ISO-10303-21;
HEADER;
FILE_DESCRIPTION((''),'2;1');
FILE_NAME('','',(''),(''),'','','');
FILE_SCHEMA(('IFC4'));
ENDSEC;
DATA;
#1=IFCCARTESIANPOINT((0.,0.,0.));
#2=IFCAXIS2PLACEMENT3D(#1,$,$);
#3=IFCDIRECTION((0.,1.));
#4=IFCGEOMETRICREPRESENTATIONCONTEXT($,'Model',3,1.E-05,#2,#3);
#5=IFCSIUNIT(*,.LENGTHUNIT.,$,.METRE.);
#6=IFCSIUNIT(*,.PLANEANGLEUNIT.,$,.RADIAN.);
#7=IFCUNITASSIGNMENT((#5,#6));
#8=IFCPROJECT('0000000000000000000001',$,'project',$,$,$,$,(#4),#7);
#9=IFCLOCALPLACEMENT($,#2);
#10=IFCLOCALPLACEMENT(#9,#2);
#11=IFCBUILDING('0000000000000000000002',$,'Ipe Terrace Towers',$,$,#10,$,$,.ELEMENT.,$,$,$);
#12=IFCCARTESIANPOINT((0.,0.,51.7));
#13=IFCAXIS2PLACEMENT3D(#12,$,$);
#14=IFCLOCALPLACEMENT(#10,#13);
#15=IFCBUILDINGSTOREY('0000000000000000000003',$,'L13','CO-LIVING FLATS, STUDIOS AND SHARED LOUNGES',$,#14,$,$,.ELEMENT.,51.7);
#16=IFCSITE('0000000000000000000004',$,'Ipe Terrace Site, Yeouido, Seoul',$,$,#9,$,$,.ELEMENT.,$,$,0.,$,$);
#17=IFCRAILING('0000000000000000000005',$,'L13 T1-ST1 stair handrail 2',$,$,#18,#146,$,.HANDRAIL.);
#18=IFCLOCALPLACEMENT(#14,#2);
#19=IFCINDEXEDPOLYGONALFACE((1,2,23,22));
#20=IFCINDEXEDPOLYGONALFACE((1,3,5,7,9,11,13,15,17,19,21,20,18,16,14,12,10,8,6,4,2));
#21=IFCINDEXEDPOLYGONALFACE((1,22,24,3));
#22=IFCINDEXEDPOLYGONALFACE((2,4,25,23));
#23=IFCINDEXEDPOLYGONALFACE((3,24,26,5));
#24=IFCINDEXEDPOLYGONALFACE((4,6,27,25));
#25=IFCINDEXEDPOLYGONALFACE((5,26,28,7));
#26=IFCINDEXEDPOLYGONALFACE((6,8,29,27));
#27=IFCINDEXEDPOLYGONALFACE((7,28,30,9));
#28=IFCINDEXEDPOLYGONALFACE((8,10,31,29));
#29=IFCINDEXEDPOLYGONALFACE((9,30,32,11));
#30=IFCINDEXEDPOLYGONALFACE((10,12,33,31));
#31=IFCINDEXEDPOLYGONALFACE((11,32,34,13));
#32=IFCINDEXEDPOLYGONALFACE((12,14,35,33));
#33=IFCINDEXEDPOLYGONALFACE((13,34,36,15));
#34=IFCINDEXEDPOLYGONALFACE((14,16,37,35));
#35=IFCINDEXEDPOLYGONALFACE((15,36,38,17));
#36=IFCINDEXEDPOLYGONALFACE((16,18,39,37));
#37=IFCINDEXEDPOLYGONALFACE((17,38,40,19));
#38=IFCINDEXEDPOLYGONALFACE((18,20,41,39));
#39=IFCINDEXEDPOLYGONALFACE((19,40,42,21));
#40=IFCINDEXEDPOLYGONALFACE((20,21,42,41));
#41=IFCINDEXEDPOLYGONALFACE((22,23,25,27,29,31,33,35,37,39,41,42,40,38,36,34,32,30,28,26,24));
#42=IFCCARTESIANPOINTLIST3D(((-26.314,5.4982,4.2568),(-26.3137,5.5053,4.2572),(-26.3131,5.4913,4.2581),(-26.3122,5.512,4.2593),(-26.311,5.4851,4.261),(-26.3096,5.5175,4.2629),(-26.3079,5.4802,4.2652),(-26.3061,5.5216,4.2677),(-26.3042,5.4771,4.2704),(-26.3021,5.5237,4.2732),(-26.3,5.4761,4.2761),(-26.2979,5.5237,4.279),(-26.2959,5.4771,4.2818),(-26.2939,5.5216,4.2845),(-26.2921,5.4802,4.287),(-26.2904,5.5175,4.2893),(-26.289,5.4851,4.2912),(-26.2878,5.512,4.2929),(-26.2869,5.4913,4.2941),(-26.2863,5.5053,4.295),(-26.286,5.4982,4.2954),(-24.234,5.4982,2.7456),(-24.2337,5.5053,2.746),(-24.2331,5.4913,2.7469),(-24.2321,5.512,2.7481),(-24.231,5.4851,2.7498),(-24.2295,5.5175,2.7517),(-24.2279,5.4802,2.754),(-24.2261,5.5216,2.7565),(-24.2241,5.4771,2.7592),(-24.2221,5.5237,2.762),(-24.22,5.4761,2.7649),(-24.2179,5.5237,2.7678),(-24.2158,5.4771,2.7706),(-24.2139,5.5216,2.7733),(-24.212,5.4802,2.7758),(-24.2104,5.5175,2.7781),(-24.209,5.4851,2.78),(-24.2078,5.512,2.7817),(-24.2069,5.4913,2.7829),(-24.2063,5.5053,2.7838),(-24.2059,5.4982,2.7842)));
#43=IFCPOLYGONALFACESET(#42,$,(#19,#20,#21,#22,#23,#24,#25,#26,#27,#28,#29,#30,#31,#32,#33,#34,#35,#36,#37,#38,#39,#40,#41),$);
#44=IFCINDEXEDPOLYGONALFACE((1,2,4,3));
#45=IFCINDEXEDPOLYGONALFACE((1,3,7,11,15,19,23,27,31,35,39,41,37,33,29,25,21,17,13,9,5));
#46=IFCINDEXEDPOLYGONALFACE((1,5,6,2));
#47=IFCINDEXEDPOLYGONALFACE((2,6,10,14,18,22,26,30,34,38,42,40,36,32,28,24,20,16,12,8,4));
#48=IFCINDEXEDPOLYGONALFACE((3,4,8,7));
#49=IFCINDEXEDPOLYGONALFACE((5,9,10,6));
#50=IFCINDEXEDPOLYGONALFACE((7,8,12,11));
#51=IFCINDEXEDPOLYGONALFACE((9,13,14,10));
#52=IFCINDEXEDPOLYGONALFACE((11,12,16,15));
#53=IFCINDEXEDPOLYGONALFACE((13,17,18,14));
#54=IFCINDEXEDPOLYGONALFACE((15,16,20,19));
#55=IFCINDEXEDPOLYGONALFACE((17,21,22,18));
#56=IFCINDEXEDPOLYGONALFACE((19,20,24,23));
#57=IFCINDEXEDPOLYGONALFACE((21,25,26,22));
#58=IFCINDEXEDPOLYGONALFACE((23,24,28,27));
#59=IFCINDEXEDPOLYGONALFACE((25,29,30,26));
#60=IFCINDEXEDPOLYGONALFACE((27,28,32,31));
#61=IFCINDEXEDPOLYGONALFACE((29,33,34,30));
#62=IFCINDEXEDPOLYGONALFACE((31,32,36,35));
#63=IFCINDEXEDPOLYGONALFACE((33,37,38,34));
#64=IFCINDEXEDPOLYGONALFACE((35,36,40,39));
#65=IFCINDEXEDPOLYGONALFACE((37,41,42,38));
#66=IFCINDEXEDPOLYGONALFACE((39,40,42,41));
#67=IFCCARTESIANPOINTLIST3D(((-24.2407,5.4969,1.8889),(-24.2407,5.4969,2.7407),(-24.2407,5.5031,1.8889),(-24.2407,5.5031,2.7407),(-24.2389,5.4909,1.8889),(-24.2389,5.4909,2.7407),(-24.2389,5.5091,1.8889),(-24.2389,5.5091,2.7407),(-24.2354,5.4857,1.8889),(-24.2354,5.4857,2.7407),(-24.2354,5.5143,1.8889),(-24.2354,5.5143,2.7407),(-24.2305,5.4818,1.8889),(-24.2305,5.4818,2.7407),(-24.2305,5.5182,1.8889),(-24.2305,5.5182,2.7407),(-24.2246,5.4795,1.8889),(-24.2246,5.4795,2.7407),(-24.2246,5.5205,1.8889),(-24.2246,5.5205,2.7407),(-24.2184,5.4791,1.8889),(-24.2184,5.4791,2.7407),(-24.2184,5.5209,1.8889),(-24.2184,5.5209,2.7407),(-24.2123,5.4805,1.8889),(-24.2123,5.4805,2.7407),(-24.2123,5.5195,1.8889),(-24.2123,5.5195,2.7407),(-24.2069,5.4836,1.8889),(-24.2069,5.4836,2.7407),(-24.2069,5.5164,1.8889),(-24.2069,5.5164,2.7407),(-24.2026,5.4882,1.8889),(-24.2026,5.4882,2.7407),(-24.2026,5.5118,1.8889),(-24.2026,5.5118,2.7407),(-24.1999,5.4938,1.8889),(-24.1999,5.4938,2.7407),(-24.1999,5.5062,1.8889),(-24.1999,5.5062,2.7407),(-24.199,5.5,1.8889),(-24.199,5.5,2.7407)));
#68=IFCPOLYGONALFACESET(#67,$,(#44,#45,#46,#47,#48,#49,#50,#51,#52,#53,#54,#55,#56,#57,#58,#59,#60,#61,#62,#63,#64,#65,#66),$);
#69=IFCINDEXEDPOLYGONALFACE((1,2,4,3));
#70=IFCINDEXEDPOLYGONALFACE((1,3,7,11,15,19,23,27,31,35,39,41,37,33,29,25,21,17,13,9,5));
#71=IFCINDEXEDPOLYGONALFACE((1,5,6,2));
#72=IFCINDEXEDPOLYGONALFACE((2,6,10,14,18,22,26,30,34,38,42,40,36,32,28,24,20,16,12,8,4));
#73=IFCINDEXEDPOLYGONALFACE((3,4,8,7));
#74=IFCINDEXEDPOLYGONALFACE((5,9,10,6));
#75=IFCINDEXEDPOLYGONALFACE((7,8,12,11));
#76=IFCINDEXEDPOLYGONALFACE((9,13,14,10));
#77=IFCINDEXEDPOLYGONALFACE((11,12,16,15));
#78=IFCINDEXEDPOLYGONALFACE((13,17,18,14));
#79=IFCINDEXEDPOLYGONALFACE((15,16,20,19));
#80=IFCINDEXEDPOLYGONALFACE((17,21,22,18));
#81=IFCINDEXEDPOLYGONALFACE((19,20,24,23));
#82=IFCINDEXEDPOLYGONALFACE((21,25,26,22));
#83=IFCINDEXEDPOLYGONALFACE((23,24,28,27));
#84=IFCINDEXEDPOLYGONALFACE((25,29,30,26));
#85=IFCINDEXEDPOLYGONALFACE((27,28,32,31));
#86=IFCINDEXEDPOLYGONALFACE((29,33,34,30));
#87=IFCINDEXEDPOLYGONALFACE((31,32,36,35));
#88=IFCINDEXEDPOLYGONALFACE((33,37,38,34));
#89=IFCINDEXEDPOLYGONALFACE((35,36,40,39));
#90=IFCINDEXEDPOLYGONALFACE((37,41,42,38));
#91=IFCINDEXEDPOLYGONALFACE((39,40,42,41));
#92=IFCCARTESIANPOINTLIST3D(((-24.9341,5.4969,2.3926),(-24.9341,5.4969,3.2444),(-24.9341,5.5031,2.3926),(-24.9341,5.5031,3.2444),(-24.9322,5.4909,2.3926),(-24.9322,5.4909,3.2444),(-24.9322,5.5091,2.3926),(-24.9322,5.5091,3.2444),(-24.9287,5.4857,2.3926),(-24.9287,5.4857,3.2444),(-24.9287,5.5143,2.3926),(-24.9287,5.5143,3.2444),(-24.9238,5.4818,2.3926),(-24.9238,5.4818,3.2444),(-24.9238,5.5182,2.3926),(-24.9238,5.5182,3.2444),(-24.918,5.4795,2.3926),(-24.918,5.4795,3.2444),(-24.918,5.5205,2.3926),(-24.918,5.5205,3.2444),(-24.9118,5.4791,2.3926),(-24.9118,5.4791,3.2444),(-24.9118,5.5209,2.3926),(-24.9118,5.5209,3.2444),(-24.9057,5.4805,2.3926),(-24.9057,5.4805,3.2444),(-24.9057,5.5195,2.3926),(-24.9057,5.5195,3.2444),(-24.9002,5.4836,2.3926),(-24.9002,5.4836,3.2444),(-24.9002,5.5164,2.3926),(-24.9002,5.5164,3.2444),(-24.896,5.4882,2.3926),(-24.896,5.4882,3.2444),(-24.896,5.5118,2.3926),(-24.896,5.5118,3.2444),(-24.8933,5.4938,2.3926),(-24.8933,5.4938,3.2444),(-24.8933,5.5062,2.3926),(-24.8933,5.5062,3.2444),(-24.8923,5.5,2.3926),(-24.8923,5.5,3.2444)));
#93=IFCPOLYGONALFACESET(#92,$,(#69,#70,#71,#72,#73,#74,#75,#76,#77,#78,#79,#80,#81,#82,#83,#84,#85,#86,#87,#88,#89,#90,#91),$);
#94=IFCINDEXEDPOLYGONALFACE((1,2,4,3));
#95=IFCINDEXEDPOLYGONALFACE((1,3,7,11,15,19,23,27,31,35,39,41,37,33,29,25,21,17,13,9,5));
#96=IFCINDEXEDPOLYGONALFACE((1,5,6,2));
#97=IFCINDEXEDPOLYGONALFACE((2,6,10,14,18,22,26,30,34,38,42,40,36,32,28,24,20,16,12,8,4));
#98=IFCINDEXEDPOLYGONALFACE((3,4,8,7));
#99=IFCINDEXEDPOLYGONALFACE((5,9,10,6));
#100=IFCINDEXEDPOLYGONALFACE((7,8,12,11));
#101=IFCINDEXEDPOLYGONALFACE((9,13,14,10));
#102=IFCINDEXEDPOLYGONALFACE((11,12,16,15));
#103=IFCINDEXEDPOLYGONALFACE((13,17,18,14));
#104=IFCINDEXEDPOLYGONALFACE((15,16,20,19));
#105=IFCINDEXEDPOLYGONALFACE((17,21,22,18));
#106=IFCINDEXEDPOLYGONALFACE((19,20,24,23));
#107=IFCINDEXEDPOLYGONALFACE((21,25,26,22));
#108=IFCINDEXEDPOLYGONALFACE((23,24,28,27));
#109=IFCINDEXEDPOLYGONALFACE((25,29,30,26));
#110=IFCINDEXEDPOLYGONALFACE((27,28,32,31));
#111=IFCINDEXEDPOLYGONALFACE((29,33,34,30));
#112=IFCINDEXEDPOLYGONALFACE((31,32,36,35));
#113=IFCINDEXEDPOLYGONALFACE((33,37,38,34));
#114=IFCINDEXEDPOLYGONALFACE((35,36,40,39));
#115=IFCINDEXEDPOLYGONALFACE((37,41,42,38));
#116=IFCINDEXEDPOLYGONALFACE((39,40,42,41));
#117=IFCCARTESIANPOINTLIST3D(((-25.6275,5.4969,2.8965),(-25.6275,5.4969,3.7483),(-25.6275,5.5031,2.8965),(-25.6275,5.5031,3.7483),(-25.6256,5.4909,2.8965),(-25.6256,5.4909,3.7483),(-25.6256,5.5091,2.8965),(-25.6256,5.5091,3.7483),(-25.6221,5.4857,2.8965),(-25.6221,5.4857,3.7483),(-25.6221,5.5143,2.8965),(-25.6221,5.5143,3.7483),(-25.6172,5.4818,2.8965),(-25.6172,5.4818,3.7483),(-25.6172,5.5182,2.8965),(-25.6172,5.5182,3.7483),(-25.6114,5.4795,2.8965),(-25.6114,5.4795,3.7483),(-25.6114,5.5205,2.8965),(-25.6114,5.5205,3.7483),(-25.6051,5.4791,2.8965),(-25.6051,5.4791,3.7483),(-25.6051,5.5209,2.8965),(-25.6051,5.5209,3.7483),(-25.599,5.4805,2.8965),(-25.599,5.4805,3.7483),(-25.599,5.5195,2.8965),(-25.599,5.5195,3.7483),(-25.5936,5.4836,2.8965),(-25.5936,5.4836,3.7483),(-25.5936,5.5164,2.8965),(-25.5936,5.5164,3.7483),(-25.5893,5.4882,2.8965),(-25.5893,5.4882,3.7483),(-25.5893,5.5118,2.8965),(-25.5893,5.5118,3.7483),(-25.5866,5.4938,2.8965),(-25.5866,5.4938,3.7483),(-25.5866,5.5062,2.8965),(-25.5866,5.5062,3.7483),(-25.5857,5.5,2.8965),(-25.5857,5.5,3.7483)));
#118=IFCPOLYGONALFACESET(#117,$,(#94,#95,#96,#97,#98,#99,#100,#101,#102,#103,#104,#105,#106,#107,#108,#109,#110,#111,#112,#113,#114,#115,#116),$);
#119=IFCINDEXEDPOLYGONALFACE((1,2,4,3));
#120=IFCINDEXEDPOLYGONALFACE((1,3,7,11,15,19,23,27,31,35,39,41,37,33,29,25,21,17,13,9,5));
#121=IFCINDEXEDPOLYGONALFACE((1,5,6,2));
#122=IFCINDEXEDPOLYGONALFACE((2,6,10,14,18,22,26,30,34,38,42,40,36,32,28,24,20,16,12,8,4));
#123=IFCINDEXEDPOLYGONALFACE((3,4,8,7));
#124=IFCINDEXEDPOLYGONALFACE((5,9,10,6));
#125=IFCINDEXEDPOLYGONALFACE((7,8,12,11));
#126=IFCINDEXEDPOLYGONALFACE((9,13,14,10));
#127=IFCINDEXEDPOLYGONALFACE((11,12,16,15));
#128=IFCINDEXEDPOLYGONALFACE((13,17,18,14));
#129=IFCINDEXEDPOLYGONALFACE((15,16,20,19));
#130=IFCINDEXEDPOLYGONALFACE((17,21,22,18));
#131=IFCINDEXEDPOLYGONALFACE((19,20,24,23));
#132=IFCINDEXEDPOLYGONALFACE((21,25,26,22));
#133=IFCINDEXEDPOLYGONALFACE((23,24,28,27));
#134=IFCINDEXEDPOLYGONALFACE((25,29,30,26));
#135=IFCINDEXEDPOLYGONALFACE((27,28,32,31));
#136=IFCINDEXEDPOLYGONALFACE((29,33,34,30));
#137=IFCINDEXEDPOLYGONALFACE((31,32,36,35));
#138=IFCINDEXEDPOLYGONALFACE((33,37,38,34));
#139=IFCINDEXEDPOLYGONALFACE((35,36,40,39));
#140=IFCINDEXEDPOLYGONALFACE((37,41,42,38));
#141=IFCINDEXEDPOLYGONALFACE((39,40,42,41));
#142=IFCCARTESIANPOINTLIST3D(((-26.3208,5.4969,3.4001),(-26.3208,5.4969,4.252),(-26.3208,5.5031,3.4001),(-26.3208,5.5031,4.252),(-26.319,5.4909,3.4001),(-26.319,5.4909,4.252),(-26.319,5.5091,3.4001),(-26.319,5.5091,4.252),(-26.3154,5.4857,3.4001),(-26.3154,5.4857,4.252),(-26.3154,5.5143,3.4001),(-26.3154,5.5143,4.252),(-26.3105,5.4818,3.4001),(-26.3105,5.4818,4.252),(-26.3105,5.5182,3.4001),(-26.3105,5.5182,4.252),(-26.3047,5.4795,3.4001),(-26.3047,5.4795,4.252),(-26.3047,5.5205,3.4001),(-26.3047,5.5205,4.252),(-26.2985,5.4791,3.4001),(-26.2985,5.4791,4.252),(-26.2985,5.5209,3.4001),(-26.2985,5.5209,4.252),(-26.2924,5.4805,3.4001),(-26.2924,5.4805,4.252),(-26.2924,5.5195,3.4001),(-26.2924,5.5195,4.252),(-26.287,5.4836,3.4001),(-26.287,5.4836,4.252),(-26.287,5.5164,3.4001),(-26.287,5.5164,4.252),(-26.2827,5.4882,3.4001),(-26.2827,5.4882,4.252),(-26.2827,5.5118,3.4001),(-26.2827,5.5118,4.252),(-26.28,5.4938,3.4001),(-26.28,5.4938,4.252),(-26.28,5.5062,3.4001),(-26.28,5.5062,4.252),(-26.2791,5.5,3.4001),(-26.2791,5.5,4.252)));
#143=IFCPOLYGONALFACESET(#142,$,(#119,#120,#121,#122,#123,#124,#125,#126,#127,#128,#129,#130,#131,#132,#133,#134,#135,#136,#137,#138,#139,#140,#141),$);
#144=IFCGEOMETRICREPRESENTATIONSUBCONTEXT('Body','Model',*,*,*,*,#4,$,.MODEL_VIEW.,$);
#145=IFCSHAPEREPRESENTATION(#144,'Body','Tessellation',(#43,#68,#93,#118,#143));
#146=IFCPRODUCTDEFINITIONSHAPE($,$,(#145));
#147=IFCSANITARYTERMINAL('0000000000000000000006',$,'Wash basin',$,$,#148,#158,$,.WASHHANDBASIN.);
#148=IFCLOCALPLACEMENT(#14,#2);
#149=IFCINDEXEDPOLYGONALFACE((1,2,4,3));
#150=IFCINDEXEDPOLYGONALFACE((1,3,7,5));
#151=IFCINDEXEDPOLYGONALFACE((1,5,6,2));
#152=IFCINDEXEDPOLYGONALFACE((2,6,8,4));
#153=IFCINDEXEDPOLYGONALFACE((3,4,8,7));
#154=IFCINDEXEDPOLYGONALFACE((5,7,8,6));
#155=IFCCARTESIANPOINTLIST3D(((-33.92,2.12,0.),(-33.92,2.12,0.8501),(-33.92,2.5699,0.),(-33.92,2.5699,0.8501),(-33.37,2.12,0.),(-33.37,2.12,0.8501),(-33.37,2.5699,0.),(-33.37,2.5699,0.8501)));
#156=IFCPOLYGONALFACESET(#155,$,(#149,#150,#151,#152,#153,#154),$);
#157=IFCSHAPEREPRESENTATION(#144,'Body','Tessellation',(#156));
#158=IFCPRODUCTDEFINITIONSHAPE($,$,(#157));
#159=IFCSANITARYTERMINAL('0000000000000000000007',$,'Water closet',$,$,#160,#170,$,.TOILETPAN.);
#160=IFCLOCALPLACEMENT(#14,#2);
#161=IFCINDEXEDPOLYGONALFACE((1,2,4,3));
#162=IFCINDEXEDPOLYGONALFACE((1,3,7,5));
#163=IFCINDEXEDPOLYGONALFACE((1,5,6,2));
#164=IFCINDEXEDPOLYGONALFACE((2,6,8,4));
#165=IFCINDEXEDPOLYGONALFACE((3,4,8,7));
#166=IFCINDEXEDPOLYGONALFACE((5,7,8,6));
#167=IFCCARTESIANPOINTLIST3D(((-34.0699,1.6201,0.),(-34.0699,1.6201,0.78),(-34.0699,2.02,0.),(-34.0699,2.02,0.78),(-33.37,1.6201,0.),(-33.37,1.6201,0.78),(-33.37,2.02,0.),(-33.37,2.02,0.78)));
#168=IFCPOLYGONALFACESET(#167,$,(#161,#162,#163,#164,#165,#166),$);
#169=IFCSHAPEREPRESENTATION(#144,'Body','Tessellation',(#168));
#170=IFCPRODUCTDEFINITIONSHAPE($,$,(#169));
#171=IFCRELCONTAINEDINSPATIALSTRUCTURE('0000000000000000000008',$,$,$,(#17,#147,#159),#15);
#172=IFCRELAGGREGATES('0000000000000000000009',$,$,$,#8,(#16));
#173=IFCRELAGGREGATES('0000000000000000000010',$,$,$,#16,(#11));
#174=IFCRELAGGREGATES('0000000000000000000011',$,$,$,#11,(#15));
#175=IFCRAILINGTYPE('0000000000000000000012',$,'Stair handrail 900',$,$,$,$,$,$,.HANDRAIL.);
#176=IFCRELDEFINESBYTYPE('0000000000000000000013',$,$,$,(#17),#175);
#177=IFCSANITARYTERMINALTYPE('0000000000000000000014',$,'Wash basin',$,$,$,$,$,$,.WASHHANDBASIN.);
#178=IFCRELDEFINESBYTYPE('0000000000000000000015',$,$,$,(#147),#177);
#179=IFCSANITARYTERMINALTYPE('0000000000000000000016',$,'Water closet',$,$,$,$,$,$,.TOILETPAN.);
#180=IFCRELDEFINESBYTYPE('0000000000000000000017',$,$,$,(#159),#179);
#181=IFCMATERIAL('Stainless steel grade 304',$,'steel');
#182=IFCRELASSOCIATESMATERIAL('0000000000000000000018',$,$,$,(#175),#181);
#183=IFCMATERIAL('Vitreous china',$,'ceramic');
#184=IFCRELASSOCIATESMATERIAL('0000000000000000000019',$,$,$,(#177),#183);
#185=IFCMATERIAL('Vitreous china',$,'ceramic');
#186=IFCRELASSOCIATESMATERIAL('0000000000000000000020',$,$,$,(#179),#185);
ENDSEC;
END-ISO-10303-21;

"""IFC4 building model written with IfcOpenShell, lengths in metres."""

from ifc_helpers import new_model, si_unit, direction, frame, origin, origin_2d, place, context, subcontext, project, spatial, rectangle, circle, extrude, material, type_object, element, save


model = new_model("IFC4")

# Units and contexts
model_context = context("Model", 3, precision=1e-05, world=origin(), true_north=direction((0.0, 1.0)))
body_context = subcontext(model_context, "Body", "Model", "MODEL_VIEW")
ifc_project = project(units=[si_unit("LENGTHUNIT", "METRE"), si_unit("PLANEANGLEUNIT", "RADIAN")], contexts=[model_context])

# Site, building, storey
site_placement = place(None, origin())
site = spatial("IfcSite", under=ifc_project, at=site_placement, Name="Ipe Terrace Site, Yeouido, Seoul", CompositionType="ELEMENT", RefElevation=0.0)
building_placement = place(site_placement, origin())
building = spatial("IfcBuilding", under=site, at=building_placement, Name="Ipe Terrace Towers", CompositionType="ELEMENT")
storey_placement = place(building_placement, frame((0.0, 0.0, 51.7)))
storey = spatial("IfcBuildingStorey", under=building, at=storey_placement, Name="L13", Description="CO-LIVING FLATS, STUDIOS AND SHARED LOUNGES", CompositionType="ELEMENT", Elevation=51.7)

# Railing
ifc_material_1 = material(Name="Stainless steel grade 304", Category="steel")
railing_type_1 = type_object("IfcRailingType", Name="Stair handrail 900", PredefinedType="HANDRAIL", material=ifc_material_1)
railing_1_placement = place(storey_placement, frame((-24.22, 5.5, 1.8889)))
element("IfcRailing", 1, at=railing_1_placement, inside=storey, type_object=railing_type_1, Name="L13 T1-ST1 stair handrail 2", PredefinedType="HANDRAIL", context=body_context, shape_type="SweptSolid", body=[
    extrude(circle(Radius=0.0239, at=origin_2d()), frame((0.0, 0.0, 0.876), z_axis=(-0.809023, 0.0, 0.587776), x_axis=(0.0, -1.0, 0.0)), (0.0, 0.0, 1.0), 2.571),
    extrude(circle(Radius=0.021, at=origin_2d()), origin(), (0.0, 0.0, 1.0), 0.8518),
    extrude(circle(Radius=0.021, at=origin_2d()), frame((-0.6934, 0.0, 0.5037)), (0.0, 0.0, 1.0), 0.8518),
    extrude(circle(Radius=0.021, at=origin_2d()), frame((-1.3867, 0.0, 1.0076)), (0.0, 0.0, 1.0), 0.8518),
    extrude(circle(Radius=0.021, at=origin_2d()), frame((-2.0801, 0.0, 1.5112)), (0.0, 0.0, 1.0), 0.8518),
])

# Sanitary terminals
ifc_material_2 = material(Name="Vitreous china", Category="ceramic")
sanitary_terminal_type_1 = type_object("IfcSanitaryTerminalType", Name="Wash basin", PredefinedType="WASHHANDBASIN", material=ifc_material_2)
sanitary_terminal_1_placement = place(storey_placement, frame((-33.645, 2.345, 0.0), z_axis=(0.0, 0.0, 1.0), x_axis=(-1.0, 0.0, 0.0)))
element("IfcSanitaryTerminal", 2, at=sanitary_terminal_1_placement, inside=storey, type_object=sanitary_terminal_type_1, Name="Wash basin", PredefinedType="WASHHANDBASIN", context=body_context, shape_type="SweptSolid", body=[
    extrude(rectangle(XDim=0.55, YDim=0.45, at=origin_2d()), origin(), (0.0, 0.0, 1.0), 0.8501),
])
ifc_material_3 = material(Name="Vitreous china", Category="ceramic")
sanitary_terminal_type_2 = type_object("IfcSanitaryTerminalType", Name="Water closet", PredefinedType="TOILETPAN", material=ifc_material_3)
sanitary_terminal_2_placement = place(storey_placement, frame((-33.72, 1.8201, 0.0), z_axis=(0.0, 0.0, 1.0), x_axis=(-1.0, 0.0, 0.0)))
element("IfcSanitaryTerminal", 3, at=sanitary_terminal_2_placement, inside=storey, type_object=sanitary_terminal_type_2, Name="Water closet", PredefinedType="TOILETPAN", context=body_context, shape_type="SweptSolid", body=[
    extrude(rectangle(XDim=0.7, YDim=0.3999, at=origin_2d()), origin(), (0.0, 0.0, 1.0), 0.78),
])

save(model, "model.ifc")
